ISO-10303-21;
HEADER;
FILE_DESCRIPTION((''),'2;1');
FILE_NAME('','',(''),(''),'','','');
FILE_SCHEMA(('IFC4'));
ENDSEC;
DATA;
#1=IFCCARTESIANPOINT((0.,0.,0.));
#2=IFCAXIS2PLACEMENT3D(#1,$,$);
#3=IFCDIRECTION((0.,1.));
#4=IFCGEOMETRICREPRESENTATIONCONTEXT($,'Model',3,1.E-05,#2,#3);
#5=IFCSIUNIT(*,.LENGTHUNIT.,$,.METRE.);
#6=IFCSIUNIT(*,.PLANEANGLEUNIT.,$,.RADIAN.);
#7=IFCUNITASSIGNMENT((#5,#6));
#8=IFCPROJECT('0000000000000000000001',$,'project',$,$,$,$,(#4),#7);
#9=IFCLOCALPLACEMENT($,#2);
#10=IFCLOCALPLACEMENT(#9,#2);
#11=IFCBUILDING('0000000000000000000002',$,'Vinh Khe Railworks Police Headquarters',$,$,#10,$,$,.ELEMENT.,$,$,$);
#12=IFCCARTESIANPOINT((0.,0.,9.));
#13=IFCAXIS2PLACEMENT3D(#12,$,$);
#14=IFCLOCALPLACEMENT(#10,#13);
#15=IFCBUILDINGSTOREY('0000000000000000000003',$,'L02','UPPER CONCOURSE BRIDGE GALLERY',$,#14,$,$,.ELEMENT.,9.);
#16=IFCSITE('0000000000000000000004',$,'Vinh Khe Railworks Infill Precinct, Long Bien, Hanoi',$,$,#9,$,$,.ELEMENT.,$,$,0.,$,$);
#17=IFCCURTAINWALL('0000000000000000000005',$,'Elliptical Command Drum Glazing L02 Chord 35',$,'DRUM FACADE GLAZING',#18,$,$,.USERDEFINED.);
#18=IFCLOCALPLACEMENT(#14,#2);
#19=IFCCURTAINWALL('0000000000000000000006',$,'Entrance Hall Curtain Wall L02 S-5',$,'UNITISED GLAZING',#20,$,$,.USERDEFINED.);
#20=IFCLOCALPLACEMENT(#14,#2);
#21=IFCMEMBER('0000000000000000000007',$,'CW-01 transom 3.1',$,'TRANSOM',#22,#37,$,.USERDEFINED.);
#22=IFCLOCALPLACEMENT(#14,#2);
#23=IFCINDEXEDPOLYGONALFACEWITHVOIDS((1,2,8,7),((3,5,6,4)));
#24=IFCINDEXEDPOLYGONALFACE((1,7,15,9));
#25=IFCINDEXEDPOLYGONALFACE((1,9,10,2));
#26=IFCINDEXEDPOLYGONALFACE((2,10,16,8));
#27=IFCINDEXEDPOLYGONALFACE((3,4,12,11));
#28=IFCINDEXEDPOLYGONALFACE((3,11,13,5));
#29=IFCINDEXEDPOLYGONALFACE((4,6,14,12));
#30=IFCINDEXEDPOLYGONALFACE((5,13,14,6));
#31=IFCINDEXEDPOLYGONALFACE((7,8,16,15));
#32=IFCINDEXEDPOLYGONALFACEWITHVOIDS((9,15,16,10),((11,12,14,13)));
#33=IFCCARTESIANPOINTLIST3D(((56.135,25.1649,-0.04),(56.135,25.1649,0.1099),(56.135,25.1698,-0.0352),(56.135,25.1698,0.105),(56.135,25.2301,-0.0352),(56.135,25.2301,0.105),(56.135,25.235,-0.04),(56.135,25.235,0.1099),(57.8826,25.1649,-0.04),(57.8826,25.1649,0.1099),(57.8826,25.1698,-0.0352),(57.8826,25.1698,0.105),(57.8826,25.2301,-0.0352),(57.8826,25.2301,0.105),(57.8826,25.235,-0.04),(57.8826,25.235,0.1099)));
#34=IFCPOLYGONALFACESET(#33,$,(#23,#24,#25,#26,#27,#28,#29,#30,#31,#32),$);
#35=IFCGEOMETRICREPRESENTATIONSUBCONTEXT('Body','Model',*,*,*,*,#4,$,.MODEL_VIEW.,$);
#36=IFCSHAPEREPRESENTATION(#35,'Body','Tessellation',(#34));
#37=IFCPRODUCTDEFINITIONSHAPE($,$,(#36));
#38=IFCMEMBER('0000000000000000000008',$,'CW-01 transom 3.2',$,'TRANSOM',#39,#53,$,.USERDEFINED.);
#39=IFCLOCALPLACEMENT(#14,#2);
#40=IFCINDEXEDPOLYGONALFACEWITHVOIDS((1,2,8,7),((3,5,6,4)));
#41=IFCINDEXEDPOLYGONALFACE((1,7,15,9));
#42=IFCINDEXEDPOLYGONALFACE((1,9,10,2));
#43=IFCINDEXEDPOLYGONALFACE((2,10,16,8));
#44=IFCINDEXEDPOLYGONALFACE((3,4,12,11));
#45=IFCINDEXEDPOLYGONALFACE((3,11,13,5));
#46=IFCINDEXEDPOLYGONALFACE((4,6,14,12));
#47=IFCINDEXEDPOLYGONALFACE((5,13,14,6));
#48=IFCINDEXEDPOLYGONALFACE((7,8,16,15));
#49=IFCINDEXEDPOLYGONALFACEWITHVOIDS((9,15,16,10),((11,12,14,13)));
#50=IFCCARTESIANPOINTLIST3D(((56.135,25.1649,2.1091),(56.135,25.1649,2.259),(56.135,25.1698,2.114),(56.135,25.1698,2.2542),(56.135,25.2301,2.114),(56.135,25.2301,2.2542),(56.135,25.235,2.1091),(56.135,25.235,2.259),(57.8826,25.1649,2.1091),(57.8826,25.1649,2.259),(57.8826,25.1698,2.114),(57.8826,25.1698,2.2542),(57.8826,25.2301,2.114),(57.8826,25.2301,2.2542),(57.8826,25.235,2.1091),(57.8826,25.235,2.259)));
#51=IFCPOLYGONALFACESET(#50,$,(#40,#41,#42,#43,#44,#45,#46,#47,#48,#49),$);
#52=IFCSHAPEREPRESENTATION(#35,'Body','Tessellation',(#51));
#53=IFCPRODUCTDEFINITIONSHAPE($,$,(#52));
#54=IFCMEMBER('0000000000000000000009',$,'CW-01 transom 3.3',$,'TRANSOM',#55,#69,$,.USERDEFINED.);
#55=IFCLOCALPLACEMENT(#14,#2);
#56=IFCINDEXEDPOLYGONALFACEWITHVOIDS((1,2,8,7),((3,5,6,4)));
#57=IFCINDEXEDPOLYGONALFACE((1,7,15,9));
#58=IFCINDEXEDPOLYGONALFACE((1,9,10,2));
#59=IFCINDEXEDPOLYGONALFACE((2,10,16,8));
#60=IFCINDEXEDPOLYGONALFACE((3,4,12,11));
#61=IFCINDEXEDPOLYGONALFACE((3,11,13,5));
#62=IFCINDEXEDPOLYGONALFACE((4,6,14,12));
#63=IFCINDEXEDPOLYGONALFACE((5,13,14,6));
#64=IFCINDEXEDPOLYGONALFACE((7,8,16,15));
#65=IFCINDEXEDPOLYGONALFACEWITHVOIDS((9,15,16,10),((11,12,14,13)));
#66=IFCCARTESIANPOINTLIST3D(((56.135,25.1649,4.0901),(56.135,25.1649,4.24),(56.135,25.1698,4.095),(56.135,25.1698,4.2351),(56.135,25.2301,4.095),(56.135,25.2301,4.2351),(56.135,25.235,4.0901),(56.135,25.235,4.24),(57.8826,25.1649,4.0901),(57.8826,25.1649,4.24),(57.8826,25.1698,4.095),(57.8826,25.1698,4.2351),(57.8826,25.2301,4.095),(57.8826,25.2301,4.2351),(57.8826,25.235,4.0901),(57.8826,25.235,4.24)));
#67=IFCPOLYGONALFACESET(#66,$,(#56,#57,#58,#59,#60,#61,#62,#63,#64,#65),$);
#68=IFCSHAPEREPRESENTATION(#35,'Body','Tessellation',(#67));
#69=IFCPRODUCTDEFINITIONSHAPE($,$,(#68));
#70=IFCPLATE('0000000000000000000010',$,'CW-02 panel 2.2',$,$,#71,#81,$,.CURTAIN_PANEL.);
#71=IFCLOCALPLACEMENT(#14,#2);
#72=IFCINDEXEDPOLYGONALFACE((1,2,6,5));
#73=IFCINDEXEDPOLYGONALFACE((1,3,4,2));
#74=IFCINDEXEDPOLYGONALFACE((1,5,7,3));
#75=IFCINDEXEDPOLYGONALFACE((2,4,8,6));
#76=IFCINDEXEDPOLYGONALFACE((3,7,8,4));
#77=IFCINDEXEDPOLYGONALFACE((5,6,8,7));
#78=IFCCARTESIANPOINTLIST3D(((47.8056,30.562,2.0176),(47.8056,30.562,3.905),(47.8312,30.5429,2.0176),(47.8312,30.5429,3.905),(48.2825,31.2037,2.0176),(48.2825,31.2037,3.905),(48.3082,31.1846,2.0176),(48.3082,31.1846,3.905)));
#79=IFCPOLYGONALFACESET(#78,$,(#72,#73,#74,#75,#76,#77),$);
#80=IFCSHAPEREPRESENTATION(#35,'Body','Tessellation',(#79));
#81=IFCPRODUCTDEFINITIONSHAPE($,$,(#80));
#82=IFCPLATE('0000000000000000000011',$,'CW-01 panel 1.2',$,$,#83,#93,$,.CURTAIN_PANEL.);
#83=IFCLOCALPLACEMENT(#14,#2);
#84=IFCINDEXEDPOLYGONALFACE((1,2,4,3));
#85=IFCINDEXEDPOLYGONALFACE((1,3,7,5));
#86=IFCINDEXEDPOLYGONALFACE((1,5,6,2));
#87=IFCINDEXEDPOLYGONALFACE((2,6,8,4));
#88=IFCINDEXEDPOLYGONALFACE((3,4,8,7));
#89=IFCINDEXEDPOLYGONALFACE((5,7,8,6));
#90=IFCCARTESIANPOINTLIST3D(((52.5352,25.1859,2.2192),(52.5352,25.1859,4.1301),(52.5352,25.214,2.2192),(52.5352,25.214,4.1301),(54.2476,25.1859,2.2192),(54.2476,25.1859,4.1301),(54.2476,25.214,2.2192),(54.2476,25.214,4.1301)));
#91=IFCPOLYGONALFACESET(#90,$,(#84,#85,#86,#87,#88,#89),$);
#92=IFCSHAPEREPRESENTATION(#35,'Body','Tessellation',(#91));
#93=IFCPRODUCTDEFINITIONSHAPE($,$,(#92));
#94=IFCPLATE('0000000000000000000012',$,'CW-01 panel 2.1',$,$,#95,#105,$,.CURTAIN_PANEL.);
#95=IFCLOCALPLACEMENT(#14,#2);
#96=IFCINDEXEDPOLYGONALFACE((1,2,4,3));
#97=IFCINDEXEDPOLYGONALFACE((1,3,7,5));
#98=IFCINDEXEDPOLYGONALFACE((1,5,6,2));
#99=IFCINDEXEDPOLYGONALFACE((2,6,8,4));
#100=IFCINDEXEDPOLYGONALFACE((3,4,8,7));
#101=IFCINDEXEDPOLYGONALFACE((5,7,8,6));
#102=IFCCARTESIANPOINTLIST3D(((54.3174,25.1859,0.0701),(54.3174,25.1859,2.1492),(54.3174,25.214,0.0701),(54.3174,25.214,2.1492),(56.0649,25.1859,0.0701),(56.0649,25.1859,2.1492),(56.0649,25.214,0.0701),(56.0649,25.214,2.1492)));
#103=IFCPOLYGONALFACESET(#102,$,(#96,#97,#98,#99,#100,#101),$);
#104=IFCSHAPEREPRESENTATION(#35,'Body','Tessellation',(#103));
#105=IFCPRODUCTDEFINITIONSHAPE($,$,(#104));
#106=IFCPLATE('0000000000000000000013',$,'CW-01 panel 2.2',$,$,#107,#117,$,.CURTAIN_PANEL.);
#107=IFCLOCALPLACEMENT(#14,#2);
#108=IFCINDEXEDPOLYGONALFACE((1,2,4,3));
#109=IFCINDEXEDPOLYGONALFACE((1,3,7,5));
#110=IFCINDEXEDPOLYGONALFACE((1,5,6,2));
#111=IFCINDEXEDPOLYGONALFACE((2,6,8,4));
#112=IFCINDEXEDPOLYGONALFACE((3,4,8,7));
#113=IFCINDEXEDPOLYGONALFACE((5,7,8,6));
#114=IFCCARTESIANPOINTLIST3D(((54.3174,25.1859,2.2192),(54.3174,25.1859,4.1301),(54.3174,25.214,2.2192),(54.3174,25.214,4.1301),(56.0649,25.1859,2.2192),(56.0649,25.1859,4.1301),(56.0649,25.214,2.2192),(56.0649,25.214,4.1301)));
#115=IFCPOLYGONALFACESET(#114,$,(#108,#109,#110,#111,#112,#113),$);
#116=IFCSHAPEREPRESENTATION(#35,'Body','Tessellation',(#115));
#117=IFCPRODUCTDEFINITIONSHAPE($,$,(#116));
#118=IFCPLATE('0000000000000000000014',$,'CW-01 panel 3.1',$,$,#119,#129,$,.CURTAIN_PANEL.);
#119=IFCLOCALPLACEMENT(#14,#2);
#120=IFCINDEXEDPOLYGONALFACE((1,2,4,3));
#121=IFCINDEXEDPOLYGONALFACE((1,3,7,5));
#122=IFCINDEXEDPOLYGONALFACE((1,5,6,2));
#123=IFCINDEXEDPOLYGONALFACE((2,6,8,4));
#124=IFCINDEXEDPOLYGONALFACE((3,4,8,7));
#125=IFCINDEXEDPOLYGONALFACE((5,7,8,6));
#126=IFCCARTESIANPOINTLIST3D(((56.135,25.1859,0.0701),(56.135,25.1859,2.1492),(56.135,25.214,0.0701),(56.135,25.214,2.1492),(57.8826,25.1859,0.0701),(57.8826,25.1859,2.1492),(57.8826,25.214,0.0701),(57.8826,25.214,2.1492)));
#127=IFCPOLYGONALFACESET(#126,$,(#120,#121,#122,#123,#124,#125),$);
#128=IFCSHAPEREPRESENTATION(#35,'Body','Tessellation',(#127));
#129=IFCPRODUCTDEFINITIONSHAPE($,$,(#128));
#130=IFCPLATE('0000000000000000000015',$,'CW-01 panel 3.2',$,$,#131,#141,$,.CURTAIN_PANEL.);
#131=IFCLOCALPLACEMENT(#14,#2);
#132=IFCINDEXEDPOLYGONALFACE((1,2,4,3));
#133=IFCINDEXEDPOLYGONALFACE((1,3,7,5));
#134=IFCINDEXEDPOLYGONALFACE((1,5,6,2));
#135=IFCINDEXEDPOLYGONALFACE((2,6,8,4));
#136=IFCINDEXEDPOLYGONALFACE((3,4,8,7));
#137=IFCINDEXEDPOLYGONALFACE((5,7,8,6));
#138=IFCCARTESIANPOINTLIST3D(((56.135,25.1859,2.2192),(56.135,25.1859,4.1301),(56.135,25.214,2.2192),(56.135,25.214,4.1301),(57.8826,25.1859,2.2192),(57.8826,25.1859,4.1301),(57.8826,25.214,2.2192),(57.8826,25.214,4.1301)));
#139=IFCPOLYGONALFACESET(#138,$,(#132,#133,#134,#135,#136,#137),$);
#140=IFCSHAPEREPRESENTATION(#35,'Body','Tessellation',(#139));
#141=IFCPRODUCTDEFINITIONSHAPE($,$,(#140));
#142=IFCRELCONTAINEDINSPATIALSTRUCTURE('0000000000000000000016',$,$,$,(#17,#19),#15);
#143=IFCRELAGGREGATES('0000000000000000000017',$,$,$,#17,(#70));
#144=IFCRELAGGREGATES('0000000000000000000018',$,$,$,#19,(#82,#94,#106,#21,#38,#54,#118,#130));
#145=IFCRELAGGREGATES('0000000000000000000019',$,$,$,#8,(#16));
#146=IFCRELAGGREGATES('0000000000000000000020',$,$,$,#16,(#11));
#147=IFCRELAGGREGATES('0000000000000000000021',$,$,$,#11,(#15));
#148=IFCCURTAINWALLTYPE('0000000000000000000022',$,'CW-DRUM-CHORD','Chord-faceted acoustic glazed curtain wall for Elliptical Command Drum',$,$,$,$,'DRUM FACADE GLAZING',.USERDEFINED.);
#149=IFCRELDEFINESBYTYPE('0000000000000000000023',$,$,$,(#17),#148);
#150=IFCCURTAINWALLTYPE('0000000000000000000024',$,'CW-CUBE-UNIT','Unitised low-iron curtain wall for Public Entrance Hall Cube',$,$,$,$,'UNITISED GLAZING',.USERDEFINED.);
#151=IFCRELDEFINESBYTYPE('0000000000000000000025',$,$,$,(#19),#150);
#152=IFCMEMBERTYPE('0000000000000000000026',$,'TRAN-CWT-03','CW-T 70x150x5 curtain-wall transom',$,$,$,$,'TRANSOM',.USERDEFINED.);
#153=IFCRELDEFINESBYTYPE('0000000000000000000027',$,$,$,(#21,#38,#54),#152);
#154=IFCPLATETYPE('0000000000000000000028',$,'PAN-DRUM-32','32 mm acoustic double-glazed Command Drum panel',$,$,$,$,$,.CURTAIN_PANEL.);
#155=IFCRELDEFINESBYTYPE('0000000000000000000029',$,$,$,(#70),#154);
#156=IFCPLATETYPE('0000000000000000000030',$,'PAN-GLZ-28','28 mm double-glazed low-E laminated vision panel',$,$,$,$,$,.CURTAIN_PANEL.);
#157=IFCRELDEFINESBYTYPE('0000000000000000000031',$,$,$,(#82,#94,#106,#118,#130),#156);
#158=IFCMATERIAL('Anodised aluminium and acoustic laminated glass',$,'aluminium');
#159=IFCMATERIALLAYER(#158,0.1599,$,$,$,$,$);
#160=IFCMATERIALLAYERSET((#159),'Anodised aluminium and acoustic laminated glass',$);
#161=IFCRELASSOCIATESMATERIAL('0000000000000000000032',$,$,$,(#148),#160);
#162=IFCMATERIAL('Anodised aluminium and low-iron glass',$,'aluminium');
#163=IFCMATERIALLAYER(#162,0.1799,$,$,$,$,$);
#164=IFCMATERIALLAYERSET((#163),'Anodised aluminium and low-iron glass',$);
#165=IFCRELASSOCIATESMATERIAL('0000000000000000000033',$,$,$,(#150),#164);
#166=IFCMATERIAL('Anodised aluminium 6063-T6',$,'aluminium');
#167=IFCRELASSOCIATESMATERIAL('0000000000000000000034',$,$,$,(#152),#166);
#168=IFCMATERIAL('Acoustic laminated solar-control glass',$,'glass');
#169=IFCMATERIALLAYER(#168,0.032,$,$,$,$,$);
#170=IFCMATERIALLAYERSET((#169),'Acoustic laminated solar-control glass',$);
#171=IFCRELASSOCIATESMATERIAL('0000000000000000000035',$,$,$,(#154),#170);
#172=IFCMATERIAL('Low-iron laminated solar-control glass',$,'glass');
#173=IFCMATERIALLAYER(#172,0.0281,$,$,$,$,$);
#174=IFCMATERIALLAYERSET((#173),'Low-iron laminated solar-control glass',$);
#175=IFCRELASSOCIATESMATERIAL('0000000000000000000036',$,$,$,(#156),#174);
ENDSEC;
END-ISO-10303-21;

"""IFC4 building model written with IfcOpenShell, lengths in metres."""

from ifc_helpers import new_model, si_unit, direction, frame, origin, origin_2d, place, context, subcontext, project, spatial, rectangle, hollow_rectangle, extrude, material, layer, layer_set, material_profile, profile_set, type_object, element, aggregate, save


model = new_model("IFC4")

# Units and contexts
model_context = context("Model", 3, precision=1e-05, world=origin(), true_north=direction((0.0, 1.0)))
body_context = subcontext(model_context, "Body", "Model", "MODEL_VIEW")
ifc_project = project(units=[si_unit("LENGTHUNIT", "METRE"), si_unit("PLANEANGLEUNIT", "RADIAN")], contexts=[model_context])

# Site, building, storey
site_placement = place(None, origin())
site = spatial("IfcSite", under=ifc_project, at=site_placement, Name="Vinh Khe Railworks Infill Precinct, Long Bien, Hanoi", CompositionType="ELEMENT", RefElevation=0.0)
building_placement = place(site_placement, origin())
building = spatial("IfcBuilding", under=site, at=building_placement, Name="Vinh Khe Railworks Police Headquarters", CompositionType="ELEMENT")
storey_placement = place(building_placement, frame((0.0, 0.0, 9.0)))
storey = spatial("IfcBuildingStorey", under=building, at=storey_placement, Name="L02", Description="UPPER CONCOURSE BRIDGE GALLERY", CompositionType="ELEMENT", Elevation=9.0)

# Curtain wall
ifc_material_1 = material(Name="Anodised aluminium and acoustic laminated glass", Category="aluminium")
ifc_layer_1 = layer(ifc_material_1, 0.1599)
ifc_layer_set_1 = layer_set([ifc_layer_1], Name="Anodised aluminium and acoustic laminated glass")
curtain_wall_type_1 = type_object("IfcCurtainWallType", Name="CW-DRUM-CHORD", Description="Chord-faceted acoustic glazed curtain wall for Elliptical Command Drum", ElementType="DRUM FACADE GLAZING", PredefinedType="USERDEFINED", material=ifc_layer_set_1)
curtain_wall_1_placement = place(storey_placement, origin())
curtain_wall_1 = element("IfcCurtainWall", 1, at=curtain_wall_1_placement, inside=storey, type_object=curtain_wall_type_1, Name="Elliptical Command Drum Glazing L02 Chord 35", ObjectType="DRUM FACADE GLAZING", PredefinedType="USERDEFINED")
ifc_material_2 = material(Name="Anodised aluminium 6063-T6", Category="aluminium")

# Curtain wall
ifc_material_3 = material(Name="Anodised aluminium and low-iron glass", Category="aluminium")
ifc_layer_2 = layer(ifc_material_3, 0.1799)
ifc_layer_set_2 = layer_set([ifc_layer_2], Name="Anodised aluminium and low-iron glass")
curtain_wall_type_2 = type_object("IfcCurtainWallType", Name="CW-CUBE-UNIT", Description="Unitised low-iron curtain wall for Public Entrance Hall Cube", ElementType="UNITISED GLAZING", PredefinedType="USERDEFINED", material=ifc_layer_set_2)
curtain_wall_2_placement = place(storey_placement, origin())
curtain_wall_2 = element("IfcCurtainWall", 2, at=curtain_wall_2_placement, inside=storey, type_object=curtain_wall_type_2, Name="Entrance Hall Curtain Wall L02 S-5", ObjectType="UNITISED GLAZING", PredefinedType="USERDEFINED")

# Members
ifc_material_profile_1 = material_profile(ifc_material_2, hollow_rectangle(XDim=0.0701, YDim=0.1499, WallThickness=0.0049, at=origin_2d()), Name="CW-T 70x150x5")
ifc_profile_set_1 = profile_set([ifc_material_profile_1], Name="Anodised aluminium 6063-T6")
member_type_1 = type_object("IfcMemberType", Name="TRAN-CWT-03", Description="CW-T 70x150x5 curtain-wall transom", ElementType="TRANSOM", PredefinedType="USERDEFINED", material=ifc_profile_set_1)
member_1_placement = place(storey_placement, frame((56.135, 25.2, 0.0349), z_axis=(1.0, 0.0, 0.0), x_axis=(0.0, 1.0, 0.0)))
member_1 = element("IfcMember", 3, at=member_1_placement, type_object=member_type_1, Name="CW-01 transom 3.1", ObjectType="TRANSOM", PredefinedType="USERDEFINED", context=body_context, shape_type="SweptSolid", body=[
    extrude(hollow_rectangle(XDim=0.0701, YDim=0.1499, WallThickness=0.0049, at=origin_2d()), origin(), (0.0, 0.0, 1.0), 1.7476),
])
member_2_placement = place(storey_placement, frame((56.135, 25.2, 2.1841), z_axis=(1.0, 0.0, 0.0), x_axis=(0.0, 1.0, 0.0)))
member_2 = element("IfcMember", 4, at=member_2_placement, type_object=member_type_1, Name="CW-01 transom 3.2", ObjectType="TRANSOM", PredefinedType="USERDEFINED", context=body_context, shape_type="SweptSolid", body=[
    extrude(hollow_rectangle(XDim=0.0701, YDim=0.1499, WallThickness=0.0049, at=origin_2d()), origin(), (0.0, 0.0, 1.0), 1.7476),
])
member_3_placement = place(storey_placement, frame((56.135, 25.2, 4.165), z_axis=(1.0, 0.0, 0.0), x_axis=(0.0, 1.0, 0.0)))
member_3 = element("IfcMember", 5, at=member_3_placement, type_object=member_type_1, Name="CW-01 transom 3.3", ObjectType="TRANSOM", PredefinedType="USERDEFINED", context=body_context, shape_type="SweptSolid", body=[
    extrude(hollow_rectangle(XDim=0.0701, YDim=0.1499, WallThickness=0.0049, at=origin_2d()), origin(), (0.0, 0.0, 1.0), 1.7476),
])

# Plates
ifc_material_4 = material(Name="Acoustic laminated solar-control glass", Category="glass")
ifc_layer_3 = layer(ifc_material_4, 0.032)
ifc_layer_set_3 = layer_set([ifc_layer_3], Name="Acoustic laminated solar-control glass")
plate_type_1 = type_object("IfcPlateType", Name="PAN-DRUM-32", Description="32 mm acoustic double-glazed Command Drum panel", PredefinedType="CURTAIN_PANEL", material=ifc_layer_set_3)
plate_1_placement = place(storey_placement, frame((48.0569, 30.8733, 2.0176), z_axis=(0.0, 0.0, 1.0), x_axis=(0.596528, 0.802592, 0.0)))
plate_1 = element("IfcPlate", 6, at=plate_1_placement, type_object=plate_type_1, Name="CW-02 panel 2.2", PredefinedType="CURTAIN_PANEL", context=body_context, shape_type="SweptSolid", body=[
    extrude(rectangle(XDim=0.7996, YDim=0.032, at=origin_2d()), origin(), (0.0, 0.0, 1.0), 1.8875),
])
aggregate(curtain_wall_1, [plate_1])
ifc_material_5 = material(Name="Low-iron laminated solar-control glass", Category="glass")
ifc_layer_4 = layer(ifc_material_5, 0.0281)
ifc_layer_set_4 = layer_set([ifc_layer_4], Name="Low-iron laminated solar-control glass")
plate_type_2 = type_object("IfcPlateType", Name="PAN-GLZ-28", Description="28 mm double-glazed low-E laminated vision panel", PredefinedType="CURTAIN_PANEL", material=ifc_layer_set_4)
plate_2_placement = place(storey_placement, frame((53.3914, 25.2, 2.2192), z_axis=(0.0, 0.0, 1.0), x_axis=(1.0, 0.0, 0.0)))
plate_2 = element("IfcPlate", 7, at=plate_2_placement, type_object=plate_type_2, Name="CW-01 panel 1.2", PredefinedType="CURTAIN_PANEL", context=body_context, shape_type="SweptSolid", body=[
    extrude(rectangle(XDim=1.7124, YDim=0.0281, at=origin_2d()), origin(), (0.0, 0.0, 1.0), 1.9109),
])
plate_3_placement = place(storey_placement, frame((55.1912, 25.2, 0.0701), z_axis=(0.0, 0.0, 1.0), x_axis=(1.0, 0.0, 0.0)))
plate_3 = element("IfcPlate", 8, at=plate_3_placement, type_object=plate_type_2, Name="CW-01 panel 2.1", PredefinedType="CURTAIN_PANEL", context=body_context, shape_type="SweptSolid", body=[
    extrude(rectangle(XDim=1.7476, YDim=0.0281, at=origin_2d()), origin(), (0.0, 0.0, 1.0), 2.0791),
])
plate_4_placement = place(storey_placement, frame((55.1912, 25.2, 2.2192), z_axis=(0.0, 0.0, 1.0), x_axis=(1.0, 0.0, 0.0)))
plate_4 = element("IfcPlate", 9, at=plate_4_placement, type_object=plate_type_2, Name="CW-01 panel 2.2", PredefinedType="CURTAIN_PANEL", context=body_context, shape_type="SweptSolid", body=[
    extrude(rectangle(XDim=1.7476, YDim=0.0281, at=origin_2d()), origin(), (0.0, 0.0, 1.0), 1.9109),
])
plate_5_placement = place(storey_placement, frame((57.0088, 25.2, 0.0701), z_axis=(0.0, 0.0, 1.0), x_axis=(1.0, 0.0, 0.0)))
plate_5 = element("IfcPlate", 10, at=plate_5_placement, type_object=plate_type_2, Name="CW-01 panel 3.1", PredefinedType="CURTAIN_PANEL", context=body_context, shape_type="SweptSolid", body=[
    extrude(rectangle(XDim=1.7476, YDim=0.0281, at=origin_2d()), origin(), (0.0, 0.0, 1.0), 2.0791),
])
plate_6_placement = place(storey_placement, frame((57.0088, 25.2, 2.2192), z_axis=(0.0, 0.0, 1.0), x_axis=(1.0, 0.0, 0.0)))
plate_6 = element("IfcPlate", 11, at=plate_6_placement, type_object=plate_type_2, Name="CW-01 panel 3.2", PredefinedType="CURTAIN_PANEL", context=body_context, shape_type="SweptSolid", body=[
    extrude(rectangle(XDim=1.7476, YDim=0.0281, at=origin_2d()), origin(), (0.0, 0.0, 1.0), 1.9109),
])
aggregate(curtain_wall_2, [plate_2, plate_3, plate_4, member_1, member_2, member_3, plate_5, plate_6])

save(model, "model.ifc")
